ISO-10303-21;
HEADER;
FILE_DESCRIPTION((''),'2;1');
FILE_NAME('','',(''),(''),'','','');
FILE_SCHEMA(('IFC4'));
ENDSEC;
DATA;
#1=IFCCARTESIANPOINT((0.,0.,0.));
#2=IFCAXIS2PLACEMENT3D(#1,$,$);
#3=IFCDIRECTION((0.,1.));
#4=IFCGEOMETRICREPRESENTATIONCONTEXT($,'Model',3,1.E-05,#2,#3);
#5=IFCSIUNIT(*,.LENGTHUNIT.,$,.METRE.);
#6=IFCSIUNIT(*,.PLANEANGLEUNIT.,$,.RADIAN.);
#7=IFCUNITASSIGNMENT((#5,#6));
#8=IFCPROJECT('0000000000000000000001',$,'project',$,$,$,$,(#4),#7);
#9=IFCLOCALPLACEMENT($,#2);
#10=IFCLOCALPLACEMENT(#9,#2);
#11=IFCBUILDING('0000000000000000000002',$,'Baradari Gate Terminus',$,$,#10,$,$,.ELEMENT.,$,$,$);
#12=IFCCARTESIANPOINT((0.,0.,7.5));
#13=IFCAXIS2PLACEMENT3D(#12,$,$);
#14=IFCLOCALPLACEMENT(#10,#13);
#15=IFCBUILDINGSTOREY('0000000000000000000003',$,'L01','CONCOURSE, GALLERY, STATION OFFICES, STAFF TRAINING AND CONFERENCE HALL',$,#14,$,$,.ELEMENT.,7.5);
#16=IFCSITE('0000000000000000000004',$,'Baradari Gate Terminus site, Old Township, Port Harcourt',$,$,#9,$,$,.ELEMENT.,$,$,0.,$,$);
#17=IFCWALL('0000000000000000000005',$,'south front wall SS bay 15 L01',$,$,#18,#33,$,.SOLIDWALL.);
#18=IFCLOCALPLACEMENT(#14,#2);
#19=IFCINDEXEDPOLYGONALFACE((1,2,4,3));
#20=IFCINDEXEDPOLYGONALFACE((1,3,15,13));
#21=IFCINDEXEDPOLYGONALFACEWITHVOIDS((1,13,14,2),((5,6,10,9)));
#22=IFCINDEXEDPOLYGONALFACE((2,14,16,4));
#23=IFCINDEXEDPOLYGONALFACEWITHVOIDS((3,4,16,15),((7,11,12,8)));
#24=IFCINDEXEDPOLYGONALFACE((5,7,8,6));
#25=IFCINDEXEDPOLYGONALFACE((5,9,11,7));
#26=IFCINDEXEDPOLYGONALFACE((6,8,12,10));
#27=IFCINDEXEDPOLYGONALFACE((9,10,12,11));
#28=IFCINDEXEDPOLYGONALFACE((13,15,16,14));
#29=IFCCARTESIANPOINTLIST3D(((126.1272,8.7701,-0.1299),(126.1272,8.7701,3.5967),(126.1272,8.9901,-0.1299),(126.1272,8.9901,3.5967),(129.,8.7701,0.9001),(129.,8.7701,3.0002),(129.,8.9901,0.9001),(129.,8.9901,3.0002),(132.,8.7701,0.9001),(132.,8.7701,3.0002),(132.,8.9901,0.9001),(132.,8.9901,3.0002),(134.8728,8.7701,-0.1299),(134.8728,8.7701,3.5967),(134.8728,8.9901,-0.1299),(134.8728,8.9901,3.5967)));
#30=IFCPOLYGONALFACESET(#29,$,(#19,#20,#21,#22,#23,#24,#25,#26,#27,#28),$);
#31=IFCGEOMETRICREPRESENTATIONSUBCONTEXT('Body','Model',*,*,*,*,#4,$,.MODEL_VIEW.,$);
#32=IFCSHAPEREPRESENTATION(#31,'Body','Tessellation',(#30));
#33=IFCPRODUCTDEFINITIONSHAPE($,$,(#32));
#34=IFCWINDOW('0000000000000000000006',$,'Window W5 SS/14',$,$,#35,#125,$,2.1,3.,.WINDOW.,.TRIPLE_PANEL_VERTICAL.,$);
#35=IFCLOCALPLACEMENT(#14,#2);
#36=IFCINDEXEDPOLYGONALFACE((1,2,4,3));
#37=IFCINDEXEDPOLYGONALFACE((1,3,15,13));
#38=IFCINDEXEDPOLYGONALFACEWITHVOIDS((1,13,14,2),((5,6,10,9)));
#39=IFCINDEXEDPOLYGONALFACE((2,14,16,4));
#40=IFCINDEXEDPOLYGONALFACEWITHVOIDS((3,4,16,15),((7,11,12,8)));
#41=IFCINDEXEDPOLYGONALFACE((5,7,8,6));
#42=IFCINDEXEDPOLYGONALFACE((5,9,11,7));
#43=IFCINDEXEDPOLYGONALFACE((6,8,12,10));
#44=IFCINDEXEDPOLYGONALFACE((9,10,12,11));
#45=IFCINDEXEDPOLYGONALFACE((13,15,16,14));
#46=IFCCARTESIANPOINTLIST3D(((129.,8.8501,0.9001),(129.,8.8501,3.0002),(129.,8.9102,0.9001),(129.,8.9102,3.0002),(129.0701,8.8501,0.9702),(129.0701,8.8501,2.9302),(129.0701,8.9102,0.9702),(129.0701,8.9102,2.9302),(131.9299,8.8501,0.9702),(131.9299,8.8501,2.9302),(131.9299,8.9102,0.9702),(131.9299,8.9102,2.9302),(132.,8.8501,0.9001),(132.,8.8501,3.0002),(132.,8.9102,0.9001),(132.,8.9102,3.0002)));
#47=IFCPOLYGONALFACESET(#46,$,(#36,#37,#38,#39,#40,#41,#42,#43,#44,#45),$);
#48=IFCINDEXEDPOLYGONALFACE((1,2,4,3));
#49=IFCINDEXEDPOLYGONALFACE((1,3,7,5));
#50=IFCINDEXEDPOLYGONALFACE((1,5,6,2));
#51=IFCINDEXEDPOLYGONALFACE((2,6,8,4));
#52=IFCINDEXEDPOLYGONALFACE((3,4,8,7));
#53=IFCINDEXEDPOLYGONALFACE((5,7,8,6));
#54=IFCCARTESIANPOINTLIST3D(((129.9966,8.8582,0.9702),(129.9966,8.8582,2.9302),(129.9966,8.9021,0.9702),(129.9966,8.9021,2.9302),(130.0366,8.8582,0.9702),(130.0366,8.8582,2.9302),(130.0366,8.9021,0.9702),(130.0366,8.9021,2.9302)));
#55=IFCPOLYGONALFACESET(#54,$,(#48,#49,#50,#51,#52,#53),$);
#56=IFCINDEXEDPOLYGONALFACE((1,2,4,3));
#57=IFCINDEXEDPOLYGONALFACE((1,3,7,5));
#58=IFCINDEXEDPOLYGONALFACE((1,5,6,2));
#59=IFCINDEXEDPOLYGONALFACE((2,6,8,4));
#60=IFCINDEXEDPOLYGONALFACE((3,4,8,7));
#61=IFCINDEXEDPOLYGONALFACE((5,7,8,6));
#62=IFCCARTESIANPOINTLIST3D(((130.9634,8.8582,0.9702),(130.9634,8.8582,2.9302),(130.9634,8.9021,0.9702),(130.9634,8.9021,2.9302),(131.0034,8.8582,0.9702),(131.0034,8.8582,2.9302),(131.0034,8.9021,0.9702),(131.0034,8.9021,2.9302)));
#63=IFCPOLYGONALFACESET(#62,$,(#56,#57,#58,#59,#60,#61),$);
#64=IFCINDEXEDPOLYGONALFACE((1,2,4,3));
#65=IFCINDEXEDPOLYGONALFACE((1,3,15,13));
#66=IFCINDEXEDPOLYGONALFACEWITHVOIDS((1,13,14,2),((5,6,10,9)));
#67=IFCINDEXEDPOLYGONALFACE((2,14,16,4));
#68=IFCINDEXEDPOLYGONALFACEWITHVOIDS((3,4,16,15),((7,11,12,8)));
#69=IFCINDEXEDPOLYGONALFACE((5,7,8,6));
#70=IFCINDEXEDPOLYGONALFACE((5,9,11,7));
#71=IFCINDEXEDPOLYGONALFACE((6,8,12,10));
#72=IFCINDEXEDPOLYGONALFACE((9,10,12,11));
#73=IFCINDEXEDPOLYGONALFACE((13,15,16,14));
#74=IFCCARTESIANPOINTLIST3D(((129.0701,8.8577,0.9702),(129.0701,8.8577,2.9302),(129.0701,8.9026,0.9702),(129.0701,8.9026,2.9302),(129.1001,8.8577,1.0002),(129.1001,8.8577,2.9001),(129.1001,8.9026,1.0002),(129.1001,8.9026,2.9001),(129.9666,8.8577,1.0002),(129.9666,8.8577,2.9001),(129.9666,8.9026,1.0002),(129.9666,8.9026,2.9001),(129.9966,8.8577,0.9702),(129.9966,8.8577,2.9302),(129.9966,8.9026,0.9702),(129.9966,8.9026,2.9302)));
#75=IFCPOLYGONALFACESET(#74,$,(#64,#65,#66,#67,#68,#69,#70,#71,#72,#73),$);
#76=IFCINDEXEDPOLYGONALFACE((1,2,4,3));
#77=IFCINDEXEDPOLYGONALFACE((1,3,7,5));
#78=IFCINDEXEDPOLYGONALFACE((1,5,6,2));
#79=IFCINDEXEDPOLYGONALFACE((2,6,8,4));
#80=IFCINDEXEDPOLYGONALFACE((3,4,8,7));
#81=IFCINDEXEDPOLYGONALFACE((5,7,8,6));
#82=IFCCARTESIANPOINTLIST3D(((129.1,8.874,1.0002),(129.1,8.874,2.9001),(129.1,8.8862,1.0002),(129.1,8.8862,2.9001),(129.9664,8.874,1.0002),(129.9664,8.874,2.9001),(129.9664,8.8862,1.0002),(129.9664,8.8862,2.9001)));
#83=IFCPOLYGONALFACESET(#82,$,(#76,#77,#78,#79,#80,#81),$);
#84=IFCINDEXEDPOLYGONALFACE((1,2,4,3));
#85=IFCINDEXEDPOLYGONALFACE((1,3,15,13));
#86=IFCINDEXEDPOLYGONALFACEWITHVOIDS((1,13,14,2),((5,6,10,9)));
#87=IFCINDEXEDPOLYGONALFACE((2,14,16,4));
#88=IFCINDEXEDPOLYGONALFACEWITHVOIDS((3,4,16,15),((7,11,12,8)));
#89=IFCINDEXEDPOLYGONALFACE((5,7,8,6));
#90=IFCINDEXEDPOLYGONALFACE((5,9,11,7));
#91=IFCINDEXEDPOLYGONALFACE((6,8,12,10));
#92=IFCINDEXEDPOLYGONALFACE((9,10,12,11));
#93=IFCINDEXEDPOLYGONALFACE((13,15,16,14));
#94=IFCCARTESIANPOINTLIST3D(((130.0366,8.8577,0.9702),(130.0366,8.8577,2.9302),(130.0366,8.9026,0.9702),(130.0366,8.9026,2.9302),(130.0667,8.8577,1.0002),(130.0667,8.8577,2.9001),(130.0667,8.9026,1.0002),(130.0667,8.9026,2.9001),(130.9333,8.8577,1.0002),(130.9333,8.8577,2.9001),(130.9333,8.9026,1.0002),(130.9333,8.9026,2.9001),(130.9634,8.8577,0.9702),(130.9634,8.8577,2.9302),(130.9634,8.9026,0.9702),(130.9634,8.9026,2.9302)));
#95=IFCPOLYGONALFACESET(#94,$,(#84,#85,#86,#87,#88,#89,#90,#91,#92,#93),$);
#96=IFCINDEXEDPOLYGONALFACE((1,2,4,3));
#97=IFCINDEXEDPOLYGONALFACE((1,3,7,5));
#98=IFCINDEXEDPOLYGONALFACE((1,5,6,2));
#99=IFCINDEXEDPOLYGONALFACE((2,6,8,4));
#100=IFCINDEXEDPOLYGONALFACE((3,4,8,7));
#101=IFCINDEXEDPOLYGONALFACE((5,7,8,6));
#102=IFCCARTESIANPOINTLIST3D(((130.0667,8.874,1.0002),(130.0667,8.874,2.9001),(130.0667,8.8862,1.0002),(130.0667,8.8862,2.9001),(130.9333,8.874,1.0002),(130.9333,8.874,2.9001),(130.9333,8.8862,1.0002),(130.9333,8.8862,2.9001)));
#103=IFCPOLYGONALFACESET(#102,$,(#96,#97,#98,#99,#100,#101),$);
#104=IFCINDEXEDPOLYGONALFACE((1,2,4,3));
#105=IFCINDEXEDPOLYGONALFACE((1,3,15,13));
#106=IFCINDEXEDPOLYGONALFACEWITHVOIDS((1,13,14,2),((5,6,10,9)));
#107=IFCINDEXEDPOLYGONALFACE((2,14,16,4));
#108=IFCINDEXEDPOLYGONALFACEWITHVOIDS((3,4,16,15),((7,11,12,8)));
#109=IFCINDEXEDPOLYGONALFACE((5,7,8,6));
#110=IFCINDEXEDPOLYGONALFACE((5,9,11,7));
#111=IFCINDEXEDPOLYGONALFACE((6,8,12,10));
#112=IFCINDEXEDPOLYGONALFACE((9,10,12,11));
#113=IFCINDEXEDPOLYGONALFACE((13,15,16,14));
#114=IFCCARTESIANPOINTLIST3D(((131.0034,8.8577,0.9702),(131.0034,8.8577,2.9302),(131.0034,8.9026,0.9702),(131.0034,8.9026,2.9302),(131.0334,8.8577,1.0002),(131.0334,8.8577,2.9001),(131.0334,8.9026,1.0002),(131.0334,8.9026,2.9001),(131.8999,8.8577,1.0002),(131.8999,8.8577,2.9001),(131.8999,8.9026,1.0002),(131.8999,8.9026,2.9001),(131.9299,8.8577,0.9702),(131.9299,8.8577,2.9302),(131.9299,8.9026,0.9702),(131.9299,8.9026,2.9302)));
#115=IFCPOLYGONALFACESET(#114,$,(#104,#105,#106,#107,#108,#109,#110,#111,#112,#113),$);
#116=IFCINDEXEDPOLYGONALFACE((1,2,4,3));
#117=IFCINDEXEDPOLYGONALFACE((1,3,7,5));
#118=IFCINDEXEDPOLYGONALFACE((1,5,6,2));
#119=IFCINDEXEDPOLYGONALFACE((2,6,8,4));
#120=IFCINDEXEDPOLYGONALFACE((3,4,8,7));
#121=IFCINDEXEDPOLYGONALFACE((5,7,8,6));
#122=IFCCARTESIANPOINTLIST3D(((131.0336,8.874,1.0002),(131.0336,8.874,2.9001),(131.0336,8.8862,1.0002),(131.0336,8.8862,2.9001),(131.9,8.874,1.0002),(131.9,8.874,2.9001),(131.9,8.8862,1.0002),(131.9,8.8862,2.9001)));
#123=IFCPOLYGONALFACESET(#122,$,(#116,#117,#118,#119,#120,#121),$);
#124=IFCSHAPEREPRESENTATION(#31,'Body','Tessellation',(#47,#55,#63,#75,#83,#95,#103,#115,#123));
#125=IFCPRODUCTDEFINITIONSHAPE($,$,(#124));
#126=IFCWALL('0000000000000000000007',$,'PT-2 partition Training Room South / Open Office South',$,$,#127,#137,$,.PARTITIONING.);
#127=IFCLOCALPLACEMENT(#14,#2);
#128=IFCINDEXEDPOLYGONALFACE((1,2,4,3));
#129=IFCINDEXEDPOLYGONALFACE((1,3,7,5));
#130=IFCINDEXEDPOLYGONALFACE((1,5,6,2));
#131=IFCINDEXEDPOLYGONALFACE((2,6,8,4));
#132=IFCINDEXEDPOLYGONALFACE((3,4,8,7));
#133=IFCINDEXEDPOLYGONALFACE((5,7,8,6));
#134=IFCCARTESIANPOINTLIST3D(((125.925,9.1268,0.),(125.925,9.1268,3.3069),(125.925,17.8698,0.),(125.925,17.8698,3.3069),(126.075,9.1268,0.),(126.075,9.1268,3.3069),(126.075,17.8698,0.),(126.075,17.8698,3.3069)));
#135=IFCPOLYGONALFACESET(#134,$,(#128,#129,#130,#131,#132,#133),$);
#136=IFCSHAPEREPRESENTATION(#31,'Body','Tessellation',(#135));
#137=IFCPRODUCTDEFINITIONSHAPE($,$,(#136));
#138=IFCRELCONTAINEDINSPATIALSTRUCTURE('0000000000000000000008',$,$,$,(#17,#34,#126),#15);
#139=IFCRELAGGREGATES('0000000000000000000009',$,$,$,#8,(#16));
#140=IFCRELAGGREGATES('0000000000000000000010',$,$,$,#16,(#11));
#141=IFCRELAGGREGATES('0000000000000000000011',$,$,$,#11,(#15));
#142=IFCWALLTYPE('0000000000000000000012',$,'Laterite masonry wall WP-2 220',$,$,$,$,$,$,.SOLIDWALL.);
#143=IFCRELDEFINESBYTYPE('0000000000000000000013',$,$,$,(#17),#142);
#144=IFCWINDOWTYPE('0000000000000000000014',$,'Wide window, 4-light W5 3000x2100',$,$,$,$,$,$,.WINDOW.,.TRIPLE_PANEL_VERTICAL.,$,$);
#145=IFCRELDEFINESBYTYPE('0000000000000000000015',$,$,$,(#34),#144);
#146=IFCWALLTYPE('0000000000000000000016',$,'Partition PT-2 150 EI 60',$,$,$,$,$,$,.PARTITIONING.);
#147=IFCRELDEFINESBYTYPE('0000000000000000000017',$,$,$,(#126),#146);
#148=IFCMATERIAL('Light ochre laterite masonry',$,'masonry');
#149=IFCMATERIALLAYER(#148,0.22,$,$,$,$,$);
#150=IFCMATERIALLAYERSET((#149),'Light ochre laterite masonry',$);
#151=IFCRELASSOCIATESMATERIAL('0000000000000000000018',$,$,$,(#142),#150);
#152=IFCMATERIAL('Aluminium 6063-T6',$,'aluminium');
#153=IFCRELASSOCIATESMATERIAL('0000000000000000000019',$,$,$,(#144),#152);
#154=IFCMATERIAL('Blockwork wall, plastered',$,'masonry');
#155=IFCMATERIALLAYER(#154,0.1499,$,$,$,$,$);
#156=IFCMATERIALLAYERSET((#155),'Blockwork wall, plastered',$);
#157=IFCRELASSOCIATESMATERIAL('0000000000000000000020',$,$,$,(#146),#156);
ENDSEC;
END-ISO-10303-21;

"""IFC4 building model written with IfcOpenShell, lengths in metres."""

from ifc_helpers import new_model, si_unit, direction, frame, frame_2d, origin, place, context, subcontext, project, spatial, polyline, rectangle, outline, extrude, material, layer, layer_set, type_object, element, fill, save


model = new_model("IFC4")

# Units and contexts
model_context = context("Model", 3, precision=1e-05, world=origin(), true_north=direction((0.0, 1.0)))
body_context = subcontext(model_context, "Body", "Model", "MODEL_VIEW")
ifc_project = project(units=[si_unit("LENGTHUNIT", "METRE"), si_unit("PLANEANGLEUNIT", "RADIAN")], contexts=[model_context])

# Site, building, storey
site_placement = place(None, origin())
site = spatial("IfcSite", under=ifc_project, at=site_placement, Name="Baradari Gate Terminus site, Old Township, Port Harcourt", CompositionType="ELEMENT", RefElevation=0.0)
building_placement = place(site_placement, origin())
building = spatial("IfcBuilding", under=site, at=building_placement, Name="Baradari Gate Terminus", CompositionType="ELEMENT")
storey_placement = place(building_placement, frame((0.0, 0.0, 7.5)))
storey = spatial("IfcBuildingStorey", under=building, at=storey_placement, Name="L01", Description="CONCOURSE, GALLERY, STATION OFFICES, STAFF TRAINING AND CONFERENCE HALL", CompositionType="ELEMENT", Elevation=7.5)

# Wall, opening, window
ifc_material_1 = material(Name="Light ochre laterite masonry", Category="masonry")
ifc_layer_1 = layer(ifc_material_1, 0.22)
ifc_layer_set_1 = layer_set([ifc_layer_1], Name="Light ochre laterite masonry")
wall_type_1 = type_object("IfcWallType", Name="Laterite masonry wall WP-2 220", PredefinedType="SOLIDWALL", material=ifc_layer_set_1)
wall_1_placement = place(storey_placement, frame((126.1272, 8.8801, -0.1299), z_axis=(0.0, 0.0, 1.0), x_axis=(1.0, 0.0, 0.0)))
wall_1 = element("IfcWall", 1, at=wall_1_placement, inside=storey, type_object=wall_type_1, Name="south front wall SS bay 15 L01", PredefinedType="SOLIDWALL", context=body_context, shape_type="SweptSolid", body=[
    extrude(rectangle(XDim=8.7456, YDim=0.22, at=frame_2d((4.3728, 0.0))), origin(), (0.0, 0.0, 1.0), 3.7266),
])
opening_1_placement = place(wall_1_placement, frame((2.8728, 0.0, 1.03)))
opening_1 = element("IfcOpeningElement", 2, at=opening_1_placement, cuts=wall_1, PredefinedType="OPENING", context=body_context, shape_type="SweptSolid", body=[
    extrude(rectangle(XDim=3.0, YDim=2.1001, at=frame_2d((1.5, 1.05))), frame((0.0, 0.1199, 0.0), z_axis=(0.0, -1.0, 0.0), x_axis=(1.0, 0.0, 0.0)), (0.0, 0.0, 1.0), 0.24),
])
ifc_material_2 = material(Name="Aluminium 6063-T6", Category="aluminium")
window_type = type_object("IfcWindowType", Name="Wide window, 4-light W5 3000x2100", PartitioningType="TRIPLE_PANEL_VERTICAL", PredefinedType="WINDOW", material=ifc_material_2)
window_placement = place(opening_1_placement, origin())
window = element("IfcWindow", 3, at=window_placement, inside=storey, type_object=window_type, Name="Window W5 SS/14", OverallHeight=2.1, OverallWidth=3.0, PartitioningType="TRIPLE_PANEL_VERTICAL", PredefinedType="WINDOW", context=body_context, shape_type="SweptSolid", body=[
    extrude(outline(polyline([(0.0, 0.0), (3.0, 0.0), (3.0, 2.1001), (0.0, 2.1001), (0.0, 0.0)]), holes=[polyline([(0.0701, 0.0701), (2.9299, 0.0701), (2.9299, 2.03), (0.0701, 2.03), (0.0701, 0.0701)])]), frame((0.0, 0.03, 0.0), z_axis=(0.0, -1.0, 0.0), x_axis=(1.0, 0.0, 0.0)), (0.0, 0.0, 1.0), 0.0601),
    extrude(rectangle(XDim=0.04, YDim=1.96, at=frame_2d((1.0166, 1.05))), frame((0.0, 0.022, 0.0), z_axis=(0.0, -1.0, 0.0), x_axis=(1.0, 0.0, 0.0)), (0.0, 0.0, 1.0), 0.0439),
    extrude(rectangle(XDim=0.04, YDim=1.96, at=frame_2d((1.9834, 1.05))), frame((0.0, 0.022, 0.0), z_axis=(0.0, -1.0, 0.0), x_axis=(1.0, 0.0, 0.0)), (0.0, 0.0, 1.0), 0.0439),
    extrude(outline(polyline([(0.0701, 0.0701), (0.9966, 0.0701), (0.9966, 2.03), (0.0701, 2.03), (0.0701, 0.0701)]), holes=[polyline([(0.1001, 0.1001), (0.9666, 0.1001), (0.9666, 2.0), (0.1001, 2.0), (0.1001, 0.1001)])]), frame((0.0, 0.0225, 0.0), z_axis=(0.0, -1.0, 0.0), x_axis=(1.0, 0.0, 0.0)), (0.0, 0.0, 1.0), 0.0449),
    extrude(rectangle(XDim=0.8665, YDim=1.8999, at=frame_2d((0.5332, 1.05))), frame((0.0, 0.0061, 0.0), z_axis=(0.0, -1.0, 0.0), x_axis=(1.0, 0.0, 0.0)), (0.0, 0.0, 1.0), 0.0122),
    extrude(outline(polyline([(1.0366, 0.0701), (1.9634, 0.0701), (1.9634, 2.03), (1.0366, 2.03), (1.0366, 0.0701)]), holes=[polyline([(1.0667, 0.1001), (1.9333, 0.1001), (1.9333, 2.0), (1.0667, 2.0), (1.0667, 0.1001)])]), frame((0.0, 0.0225, 0.0), z_axis=(0.0, -1.0, 0.0), x_axis=(1.0, 0.0, 0.0)), (0.0, 0.0, 1.0), 0.0449),
    extrude(rectangle(XDim=0.8667, YDim=1.8999, at=frame_2d((1.5, 1.05))), frame((0.0, 0.0061, 0.0), z_axis=(0.0, -1.0, 0.0), x_axis=(1.0, 0.0, 0.0)), (0.0, 0.0, 1.0), 0.0122),
    extrude(outline(polyline([(2.0034, 0.0701), (2.9299, 0.0701), (2.9299, 2.03), (2.0034, 2.03), (2.0034, 0.0701)]), holes=[polyline([(2.0334, 0.1001), (2.8999, 0.1001), (2.8999, 2.0), (2.0334, 2.0), (2.0334, 0.1001)])]), frame((0.0, 0.0225, 0.0), z_axis=(0.0, -1.0, 0.0), x_axis=(1.0, 0.0, 0.0)), (0.0, 0.0, 1.0), 0.0449),
    extrude(rectangle(XDim=0.8665, YDim=1.8999, at=frame_2d((2.4668, 1.05))), frame((0.0, 0.0061, 0.0), z_axis=(0.0, -1.0, 0.0), x_axis=(1.0, 0.0, 0.0)), (0.0, 0.0, 1.0), 0.0122),
])
fill(opening_1, window)

# Wall
ifc_material_3 = material(Name="Blockwork wall, plastered", Category="masonry")
ifc_layer_2 = layer(ifc_material_3, 0.1499)
ifc_layer_set_2 = layer_set([ifc_layer_2], Name="Blockwork wall, plastered")
wall_type_2 = type_object("IfcWallType", Name="Partition PT-2 150 EI 60", PredefinedType="PARTITIONING", material=ifc_layer_set_2)
wall_2_placement = place(storey_placement, frame((126.0, 17.8699, 0.0), z_axis=(0.0, 0.0, 1.0), x_axis=(0.0, -1.0, 0.0)))
element("IfcWall", 4, at=wall_2_placement, inside=storey, type_object=wall_type_2, Name="PT-2 partition Training Room South / Open Office South", PredefinedType="PARTITIONING", context=body_context, shape_type="SweptSolid", body=[
    extrude(rectangle(XDim=8.7429, YDim=0.1499, at=frame_2d((4.3716, 0.0))), origin(), (0.0, 0.0, 1.0), 3.3069),
])

save(model, "model.ifc")
